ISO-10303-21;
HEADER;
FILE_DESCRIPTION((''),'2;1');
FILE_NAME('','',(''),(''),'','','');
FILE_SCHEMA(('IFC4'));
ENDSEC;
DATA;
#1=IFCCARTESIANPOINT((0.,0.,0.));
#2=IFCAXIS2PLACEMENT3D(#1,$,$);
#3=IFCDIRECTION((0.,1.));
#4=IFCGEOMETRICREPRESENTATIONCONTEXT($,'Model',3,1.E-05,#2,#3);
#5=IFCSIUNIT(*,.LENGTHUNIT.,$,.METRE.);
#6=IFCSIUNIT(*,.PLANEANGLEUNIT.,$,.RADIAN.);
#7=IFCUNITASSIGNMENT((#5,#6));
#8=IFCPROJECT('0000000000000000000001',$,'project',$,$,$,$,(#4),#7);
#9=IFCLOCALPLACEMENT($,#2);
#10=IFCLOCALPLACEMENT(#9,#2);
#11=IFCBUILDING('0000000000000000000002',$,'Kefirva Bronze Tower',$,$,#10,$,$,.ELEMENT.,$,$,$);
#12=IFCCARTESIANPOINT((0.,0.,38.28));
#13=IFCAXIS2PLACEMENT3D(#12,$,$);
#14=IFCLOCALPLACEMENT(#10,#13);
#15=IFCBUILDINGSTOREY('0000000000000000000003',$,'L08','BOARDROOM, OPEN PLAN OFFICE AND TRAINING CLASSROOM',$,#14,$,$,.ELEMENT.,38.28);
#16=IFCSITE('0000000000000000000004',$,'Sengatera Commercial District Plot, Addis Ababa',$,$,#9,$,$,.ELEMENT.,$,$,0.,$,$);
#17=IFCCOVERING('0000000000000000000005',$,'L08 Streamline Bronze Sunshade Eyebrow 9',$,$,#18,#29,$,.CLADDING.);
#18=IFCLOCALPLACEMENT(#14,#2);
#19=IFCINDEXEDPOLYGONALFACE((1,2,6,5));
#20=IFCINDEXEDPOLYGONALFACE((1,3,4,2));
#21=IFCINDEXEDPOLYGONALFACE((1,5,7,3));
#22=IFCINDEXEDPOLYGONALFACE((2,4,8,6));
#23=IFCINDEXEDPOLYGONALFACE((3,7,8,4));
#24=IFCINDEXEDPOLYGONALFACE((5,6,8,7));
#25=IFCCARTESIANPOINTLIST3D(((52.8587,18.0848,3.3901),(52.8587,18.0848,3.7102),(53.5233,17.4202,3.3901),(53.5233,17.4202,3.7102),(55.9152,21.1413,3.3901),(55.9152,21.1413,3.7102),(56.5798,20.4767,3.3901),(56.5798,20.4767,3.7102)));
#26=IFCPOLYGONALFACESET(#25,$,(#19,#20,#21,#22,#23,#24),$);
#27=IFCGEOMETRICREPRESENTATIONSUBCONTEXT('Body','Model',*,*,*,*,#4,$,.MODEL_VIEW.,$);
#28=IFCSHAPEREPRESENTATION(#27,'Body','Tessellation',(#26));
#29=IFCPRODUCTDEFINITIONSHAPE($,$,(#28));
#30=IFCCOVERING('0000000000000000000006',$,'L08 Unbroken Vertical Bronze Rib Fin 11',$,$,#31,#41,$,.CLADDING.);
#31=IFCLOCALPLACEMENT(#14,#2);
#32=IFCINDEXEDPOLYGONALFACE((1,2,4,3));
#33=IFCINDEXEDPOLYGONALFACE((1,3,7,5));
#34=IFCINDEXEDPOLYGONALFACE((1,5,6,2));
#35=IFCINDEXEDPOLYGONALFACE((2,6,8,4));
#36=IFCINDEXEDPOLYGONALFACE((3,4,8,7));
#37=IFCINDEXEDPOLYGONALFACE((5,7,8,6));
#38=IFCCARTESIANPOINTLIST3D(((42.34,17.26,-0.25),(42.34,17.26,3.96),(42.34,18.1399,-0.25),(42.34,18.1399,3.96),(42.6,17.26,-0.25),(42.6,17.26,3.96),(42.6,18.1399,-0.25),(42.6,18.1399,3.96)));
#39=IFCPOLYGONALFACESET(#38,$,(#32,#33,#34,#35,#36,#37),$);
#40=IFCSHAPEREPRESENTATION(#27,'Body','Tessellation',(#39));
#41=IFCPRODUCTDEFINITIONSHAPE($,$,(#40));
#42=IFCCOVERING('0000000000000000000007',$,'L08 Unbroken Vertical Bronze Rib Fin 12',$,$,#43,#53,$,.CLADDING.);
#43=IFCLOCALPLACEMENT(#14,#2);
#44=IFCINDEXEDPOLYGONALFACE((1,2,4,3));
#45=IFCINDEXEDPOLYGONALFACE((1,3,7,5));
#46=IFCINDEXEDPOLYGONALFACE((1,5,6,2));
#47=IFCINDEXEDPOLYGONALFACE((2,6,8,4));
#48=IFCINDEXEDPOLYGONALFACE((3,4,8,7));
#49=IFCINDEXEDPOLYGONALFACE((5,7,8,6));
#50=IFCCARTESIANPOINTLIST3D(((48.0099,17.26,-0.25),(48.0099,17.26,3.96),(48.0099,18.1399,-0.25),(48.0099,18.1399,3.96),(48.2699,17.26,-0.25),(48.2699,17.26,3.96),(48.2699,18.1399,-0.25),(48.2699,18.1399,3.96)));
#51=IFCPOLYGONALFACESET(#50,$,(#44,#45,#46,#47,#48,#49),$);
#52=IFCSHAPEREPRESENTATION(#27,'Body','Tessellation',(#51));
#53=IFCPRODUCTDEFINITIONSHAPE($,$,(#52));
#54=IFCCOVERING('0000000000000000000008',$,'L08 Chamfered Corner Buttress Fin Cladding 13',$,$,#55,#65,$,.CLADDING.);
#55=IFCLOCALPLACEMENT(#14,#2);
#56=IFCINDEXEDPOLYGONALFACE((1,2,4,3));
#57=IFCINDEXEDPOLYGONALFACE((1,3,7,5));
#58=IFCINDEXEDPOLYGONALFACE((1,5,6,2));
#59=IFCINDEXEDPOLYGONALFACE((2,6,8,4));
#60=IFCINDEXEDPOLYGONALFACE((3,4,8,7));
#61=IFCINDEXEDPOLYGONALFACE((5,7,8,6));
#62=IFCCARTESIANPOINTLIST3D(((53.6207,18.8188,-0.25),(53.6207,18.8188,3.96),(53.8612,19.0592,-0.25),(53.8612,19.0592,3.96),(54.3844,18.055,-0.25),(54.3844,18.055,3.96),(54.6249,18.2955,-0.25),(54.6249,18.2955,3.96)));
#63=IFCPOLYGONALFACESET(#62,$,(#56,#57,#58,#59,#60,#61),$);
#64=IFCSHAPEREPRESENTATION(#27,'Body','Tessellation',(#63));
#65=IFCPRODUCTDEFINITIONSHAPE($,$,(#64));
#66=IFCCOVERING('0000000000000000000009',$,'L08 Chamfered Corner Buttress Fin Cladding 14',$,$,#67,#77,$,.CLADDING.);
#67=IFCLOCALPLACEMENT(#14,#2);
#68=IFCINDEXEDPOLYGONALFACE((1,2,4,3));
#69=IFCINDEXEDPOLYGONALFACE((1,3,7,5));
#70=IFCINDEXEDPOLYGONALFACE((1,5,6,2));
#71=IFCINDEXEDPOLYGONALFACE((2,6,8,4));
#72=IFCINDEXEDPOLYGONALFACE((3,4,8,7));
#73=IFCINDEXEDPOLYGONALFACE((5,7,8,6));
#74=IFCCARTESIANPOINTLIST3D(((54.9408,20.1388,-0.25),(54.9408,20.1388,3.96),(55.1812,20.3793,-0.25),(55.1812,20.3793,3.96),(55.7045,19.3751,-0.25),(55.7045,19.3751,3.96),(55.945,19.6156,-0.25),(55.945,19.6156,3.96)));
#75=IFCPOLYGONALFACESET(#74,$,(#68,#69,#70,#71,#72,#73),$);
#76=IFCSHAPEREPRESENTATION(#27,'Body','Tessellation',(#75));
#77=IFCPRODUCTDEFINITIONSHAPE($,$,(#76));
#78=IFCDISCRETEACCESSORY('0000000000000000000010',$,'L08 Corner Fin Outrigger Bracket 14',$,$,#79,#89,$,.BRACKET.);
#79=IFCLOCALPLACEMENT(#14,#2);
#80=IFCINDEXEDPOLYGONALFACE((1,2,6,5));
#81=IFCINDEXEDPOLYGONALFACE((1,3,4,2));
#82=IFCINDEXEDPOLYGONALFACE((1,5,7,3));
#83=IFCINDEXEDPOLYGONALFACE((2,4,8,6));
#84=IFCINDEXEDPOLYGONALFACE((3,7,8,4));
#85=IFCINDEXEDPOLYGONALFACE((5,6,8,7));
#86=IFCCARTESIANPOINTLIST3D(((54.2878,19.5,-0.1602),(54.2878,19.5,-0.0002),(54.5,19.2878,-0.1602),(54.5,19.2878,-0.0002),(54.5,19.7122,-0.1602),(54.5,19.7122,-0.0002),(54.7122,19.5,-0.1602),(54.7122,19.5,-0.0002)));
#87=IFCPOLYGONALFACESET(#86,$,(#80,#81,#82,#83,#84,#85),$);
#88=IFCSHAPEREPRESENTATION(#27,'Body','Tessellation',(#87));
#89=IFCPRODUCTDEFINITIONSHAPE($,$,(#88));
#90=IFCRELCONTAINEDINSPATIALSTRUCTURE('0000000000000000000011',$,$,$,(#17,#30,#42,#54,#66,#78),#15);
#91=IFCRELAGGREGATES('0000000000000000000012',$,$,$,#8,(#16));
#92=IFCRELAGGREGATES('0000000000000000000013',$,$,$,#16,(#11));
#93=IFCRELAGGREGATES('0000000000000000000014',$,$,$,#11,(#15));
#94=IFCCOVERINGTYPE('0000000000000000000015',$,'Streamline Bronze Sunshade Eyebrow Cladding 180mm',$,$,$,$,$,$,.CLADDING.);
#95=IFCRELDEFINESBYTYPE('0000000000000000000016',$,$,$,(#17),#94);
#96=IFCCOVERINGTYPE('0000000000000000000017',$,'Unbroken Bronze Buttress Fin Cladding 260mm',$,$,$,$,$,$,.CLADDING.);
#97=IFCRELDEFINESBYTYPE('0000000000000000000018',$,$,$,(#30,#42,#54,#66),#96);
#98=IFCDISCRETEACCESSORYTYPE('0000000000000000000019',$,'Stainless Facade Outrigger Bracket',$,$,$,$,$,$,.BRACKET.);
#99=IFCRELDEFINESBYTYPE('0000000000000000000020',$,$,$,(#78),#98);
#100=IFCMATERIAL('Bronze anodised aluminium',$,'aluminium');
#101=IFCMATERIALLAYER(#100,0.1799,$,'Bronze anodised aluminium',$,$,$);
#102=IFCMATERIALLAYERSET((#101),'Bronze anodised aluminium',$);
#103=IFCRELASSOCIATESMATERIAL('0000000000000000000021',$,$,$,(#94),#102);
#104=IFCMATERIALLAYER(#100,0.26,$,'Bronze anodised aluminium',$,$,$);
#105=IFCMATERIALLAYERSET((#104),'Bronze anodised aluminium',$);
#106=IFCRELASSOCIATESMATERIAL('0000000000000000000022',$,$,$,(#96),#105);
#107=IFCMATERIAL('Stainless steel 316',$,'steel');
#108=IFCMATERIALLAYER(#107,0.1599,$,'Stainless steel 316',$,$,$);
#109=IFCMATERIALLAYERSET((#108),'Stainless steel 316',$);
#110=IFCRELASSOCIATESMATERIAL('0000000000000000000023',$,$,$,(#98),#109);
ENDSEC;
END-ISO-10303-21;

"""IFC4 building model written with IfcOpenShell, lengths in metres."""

from ifc_helpers import new_model, si_unit, direction, frame, origin, origin_2d, place, context, subcontext, project, spatial, rectangle, extrude, material, layer, layer_set, type_object, element, save


model = new_model("IFC4")

# Units and contexts
model_context = context("Model", 3, precision=1e-05, world=origin(), true_north=direction((0.0, 1.0)))
body_context = subcontext(model_context, "Body", "Model", "MODEL_VIEW")
ifc_project = project(units=[si_unit("LENGTHUNIT", "METRE"), si_unit("PLANEANGLEUNIT", "RADIAN")], contexts=[model_context])

# Site, building, storey
site_placement = place(None, origin())
site = spatial("IfcSite", under=ifc_project, at=site_placement, Name="Sengatera Commercial District Plot, Addis Ababa", CompositionType="ELEMENT", RefElevation=0.0)
building_placement = place(site_placement, origin())
building = spatial("IfcBuilding", under=site, at=building_placement, Name="Kefirva Bronze Tower", CompositionType="ELEMENT")
storey_placement = place(building_placement, frame((0.0, 0.0, 38.28)))
storey = spatial("IfcBuildingStorey", under=building, at=storey_placement, Name="L08", Description="BOARDROOM, OPEN PLAN OFFICE AND TRAINING CLASSROOM", CompositionType="ELEMENT", Elevation=38.28)

# Shared definitions
ifc_material_1 = material(Name="Bronze anodised aluminium", Category="aluminium")

# Coverings
ifc_layer_1 = layer(ifc_material_1, 0.1799, Name="Bronze anodised aluminium")
ifc_layer_set_1 = layer_set([ifc_layer_1], Name="Bronze anodised aluminium")
covering_type_1 = type_object("IfcCoveringType", Name="Streamline Bronze Sunshade Eyebrow Cladding 180mm", PredefinedType="CLADDING", material=ifc_layer_set_1)
covering_1_placement = place(storey_placement, frame((54.7192, 19.2808, 3.3901), z_axis=(0.0, 0.0, 1.0), x_axis=(0.707107, 0.707107, 0.0)))
element("IfcCovering", 1, at=covering_1_placement, inside=storey, type_object=covering_type_1, Name="L08 Streamline Bronze Sunshade Eyebrow 9", PredefinedType="CLADDING", context=body_context, shape_type="SweptSolid", body=[
    extrude(rectangle(XDim=4.3225, YDim=0.9399, at=origin_2d()), origin(), (0.0, 0.0, 1.0), 0.3201),
])
ifc_layer_2 = layer(ifc_material_1, 0.26, Name="Bronze anodised aluminium")
ifc_layer_set_2 = layer_set([ifc_layer_2], Name="Bronze anodised aluminium")
covering_type_2 = type_object("IfcCoveringType", Name="Unbroken Bronze Buttress Fin Cladding 260mm", PredefinedType="CLADDING", material=ifc_layer_set_2)
for number, where, z_axis, x_axis, name in (
    (2, (42.47, 17.7, -0.25), (0.0, 0.0, 1.0), (1.0, 0.0, 0.0), "L08 Unbroken Vertical Bronze Rib Fin 11"),
    (3, (48.1399, 17.7, -0.25), (0.0, 0.0, 1.0), (1.0, 0.0, 0.0), "L08 Unbroken Vertical Bronze Rib Fin 12"),
):
    element("IfcCovering", number, at=place(storey_placement, frame(where, z_axis=z_axis, x_axis=x_axis)), inside=storey, type_object=covering_type_2, Name=name, PredefinedType="CLADDING", context=body_context, shape_type="SweptSolid", body=[
        extrude(rectangle(XDim=0.26, YDim=0.8799, at=origin_2d()), origin(), (0.0, 0.0, 1.0), 4.21),
    ])
for number, where, z_axis, x_axis, name in (
    (4, (54.1228, 18.5571, -0.25), (0.0, 0.0, 1.0), (0.707107, 0.707107, 0.0), "L08 Chamfered Corner Buttress Fin Cladding 13"),
    (5, (55.4429, 19.8772, -0.25), (0.0, 0.0, 1.0), (0.707107, 0.707107, 0.0), "L08 Chamfered Corner Buttress Fin Cladding 14"),
):
    element("IfcCovering", number, at=place(storey_placement, frame(where, z_axis=z_axis, x_axis=x_axis)), inside=storey, type_object=covering_type_2, Name=name, PredefinedType="CLADDING", context=body_context, shape_type="SweptSolid", body=[
        extrude(rectangle(XDim=0.3401, YDim=1.0801, at=origin_2d()), origin(), (0.0, 0.0, 1.0), 4.21),
    ])

# Discrete accessory
ifc_material_2 = material(Name="Stainless steel 316", Category="steel")
ifc_layer_3 = layer(ifc_material_2, 0.1599, Name="Stainless steel 316")
ifc_layer_set_3 = layer_set([ifc_layer_3], Name="Stainless steel 316")
discrete_accessory_type = type_object("IfcDiscreteAccessoryType", Name="Stainless Facade Outrigger Bracket", PredefinedType="BRACKET", material=ifc_layer_set_3)
discrete_accessory_placement = place(storey_placement, frame((54.5, 19.5, -0.1602), z_axis=(0.0, 0.0, 1.0), x_axis=(0.707107, 0.707107, 0.0)))
element("IfcDiscreteAccessory", 6, at=discrete_accessory_placement, inside=storey, type_object=discrete_accessory_type, Name="L08 Corner Fin Outrigger Bracket 14", PredefinedType="BRACKET", context=body_context, shape_type="SweptSolid", body=[
    extrude(rectangle(XDim=0.3, YDim=0.3, at=origin_2d()), origin(), (0.0, 0.0, 1.0), 0.1599),
])

save(model, "model.ifc")
